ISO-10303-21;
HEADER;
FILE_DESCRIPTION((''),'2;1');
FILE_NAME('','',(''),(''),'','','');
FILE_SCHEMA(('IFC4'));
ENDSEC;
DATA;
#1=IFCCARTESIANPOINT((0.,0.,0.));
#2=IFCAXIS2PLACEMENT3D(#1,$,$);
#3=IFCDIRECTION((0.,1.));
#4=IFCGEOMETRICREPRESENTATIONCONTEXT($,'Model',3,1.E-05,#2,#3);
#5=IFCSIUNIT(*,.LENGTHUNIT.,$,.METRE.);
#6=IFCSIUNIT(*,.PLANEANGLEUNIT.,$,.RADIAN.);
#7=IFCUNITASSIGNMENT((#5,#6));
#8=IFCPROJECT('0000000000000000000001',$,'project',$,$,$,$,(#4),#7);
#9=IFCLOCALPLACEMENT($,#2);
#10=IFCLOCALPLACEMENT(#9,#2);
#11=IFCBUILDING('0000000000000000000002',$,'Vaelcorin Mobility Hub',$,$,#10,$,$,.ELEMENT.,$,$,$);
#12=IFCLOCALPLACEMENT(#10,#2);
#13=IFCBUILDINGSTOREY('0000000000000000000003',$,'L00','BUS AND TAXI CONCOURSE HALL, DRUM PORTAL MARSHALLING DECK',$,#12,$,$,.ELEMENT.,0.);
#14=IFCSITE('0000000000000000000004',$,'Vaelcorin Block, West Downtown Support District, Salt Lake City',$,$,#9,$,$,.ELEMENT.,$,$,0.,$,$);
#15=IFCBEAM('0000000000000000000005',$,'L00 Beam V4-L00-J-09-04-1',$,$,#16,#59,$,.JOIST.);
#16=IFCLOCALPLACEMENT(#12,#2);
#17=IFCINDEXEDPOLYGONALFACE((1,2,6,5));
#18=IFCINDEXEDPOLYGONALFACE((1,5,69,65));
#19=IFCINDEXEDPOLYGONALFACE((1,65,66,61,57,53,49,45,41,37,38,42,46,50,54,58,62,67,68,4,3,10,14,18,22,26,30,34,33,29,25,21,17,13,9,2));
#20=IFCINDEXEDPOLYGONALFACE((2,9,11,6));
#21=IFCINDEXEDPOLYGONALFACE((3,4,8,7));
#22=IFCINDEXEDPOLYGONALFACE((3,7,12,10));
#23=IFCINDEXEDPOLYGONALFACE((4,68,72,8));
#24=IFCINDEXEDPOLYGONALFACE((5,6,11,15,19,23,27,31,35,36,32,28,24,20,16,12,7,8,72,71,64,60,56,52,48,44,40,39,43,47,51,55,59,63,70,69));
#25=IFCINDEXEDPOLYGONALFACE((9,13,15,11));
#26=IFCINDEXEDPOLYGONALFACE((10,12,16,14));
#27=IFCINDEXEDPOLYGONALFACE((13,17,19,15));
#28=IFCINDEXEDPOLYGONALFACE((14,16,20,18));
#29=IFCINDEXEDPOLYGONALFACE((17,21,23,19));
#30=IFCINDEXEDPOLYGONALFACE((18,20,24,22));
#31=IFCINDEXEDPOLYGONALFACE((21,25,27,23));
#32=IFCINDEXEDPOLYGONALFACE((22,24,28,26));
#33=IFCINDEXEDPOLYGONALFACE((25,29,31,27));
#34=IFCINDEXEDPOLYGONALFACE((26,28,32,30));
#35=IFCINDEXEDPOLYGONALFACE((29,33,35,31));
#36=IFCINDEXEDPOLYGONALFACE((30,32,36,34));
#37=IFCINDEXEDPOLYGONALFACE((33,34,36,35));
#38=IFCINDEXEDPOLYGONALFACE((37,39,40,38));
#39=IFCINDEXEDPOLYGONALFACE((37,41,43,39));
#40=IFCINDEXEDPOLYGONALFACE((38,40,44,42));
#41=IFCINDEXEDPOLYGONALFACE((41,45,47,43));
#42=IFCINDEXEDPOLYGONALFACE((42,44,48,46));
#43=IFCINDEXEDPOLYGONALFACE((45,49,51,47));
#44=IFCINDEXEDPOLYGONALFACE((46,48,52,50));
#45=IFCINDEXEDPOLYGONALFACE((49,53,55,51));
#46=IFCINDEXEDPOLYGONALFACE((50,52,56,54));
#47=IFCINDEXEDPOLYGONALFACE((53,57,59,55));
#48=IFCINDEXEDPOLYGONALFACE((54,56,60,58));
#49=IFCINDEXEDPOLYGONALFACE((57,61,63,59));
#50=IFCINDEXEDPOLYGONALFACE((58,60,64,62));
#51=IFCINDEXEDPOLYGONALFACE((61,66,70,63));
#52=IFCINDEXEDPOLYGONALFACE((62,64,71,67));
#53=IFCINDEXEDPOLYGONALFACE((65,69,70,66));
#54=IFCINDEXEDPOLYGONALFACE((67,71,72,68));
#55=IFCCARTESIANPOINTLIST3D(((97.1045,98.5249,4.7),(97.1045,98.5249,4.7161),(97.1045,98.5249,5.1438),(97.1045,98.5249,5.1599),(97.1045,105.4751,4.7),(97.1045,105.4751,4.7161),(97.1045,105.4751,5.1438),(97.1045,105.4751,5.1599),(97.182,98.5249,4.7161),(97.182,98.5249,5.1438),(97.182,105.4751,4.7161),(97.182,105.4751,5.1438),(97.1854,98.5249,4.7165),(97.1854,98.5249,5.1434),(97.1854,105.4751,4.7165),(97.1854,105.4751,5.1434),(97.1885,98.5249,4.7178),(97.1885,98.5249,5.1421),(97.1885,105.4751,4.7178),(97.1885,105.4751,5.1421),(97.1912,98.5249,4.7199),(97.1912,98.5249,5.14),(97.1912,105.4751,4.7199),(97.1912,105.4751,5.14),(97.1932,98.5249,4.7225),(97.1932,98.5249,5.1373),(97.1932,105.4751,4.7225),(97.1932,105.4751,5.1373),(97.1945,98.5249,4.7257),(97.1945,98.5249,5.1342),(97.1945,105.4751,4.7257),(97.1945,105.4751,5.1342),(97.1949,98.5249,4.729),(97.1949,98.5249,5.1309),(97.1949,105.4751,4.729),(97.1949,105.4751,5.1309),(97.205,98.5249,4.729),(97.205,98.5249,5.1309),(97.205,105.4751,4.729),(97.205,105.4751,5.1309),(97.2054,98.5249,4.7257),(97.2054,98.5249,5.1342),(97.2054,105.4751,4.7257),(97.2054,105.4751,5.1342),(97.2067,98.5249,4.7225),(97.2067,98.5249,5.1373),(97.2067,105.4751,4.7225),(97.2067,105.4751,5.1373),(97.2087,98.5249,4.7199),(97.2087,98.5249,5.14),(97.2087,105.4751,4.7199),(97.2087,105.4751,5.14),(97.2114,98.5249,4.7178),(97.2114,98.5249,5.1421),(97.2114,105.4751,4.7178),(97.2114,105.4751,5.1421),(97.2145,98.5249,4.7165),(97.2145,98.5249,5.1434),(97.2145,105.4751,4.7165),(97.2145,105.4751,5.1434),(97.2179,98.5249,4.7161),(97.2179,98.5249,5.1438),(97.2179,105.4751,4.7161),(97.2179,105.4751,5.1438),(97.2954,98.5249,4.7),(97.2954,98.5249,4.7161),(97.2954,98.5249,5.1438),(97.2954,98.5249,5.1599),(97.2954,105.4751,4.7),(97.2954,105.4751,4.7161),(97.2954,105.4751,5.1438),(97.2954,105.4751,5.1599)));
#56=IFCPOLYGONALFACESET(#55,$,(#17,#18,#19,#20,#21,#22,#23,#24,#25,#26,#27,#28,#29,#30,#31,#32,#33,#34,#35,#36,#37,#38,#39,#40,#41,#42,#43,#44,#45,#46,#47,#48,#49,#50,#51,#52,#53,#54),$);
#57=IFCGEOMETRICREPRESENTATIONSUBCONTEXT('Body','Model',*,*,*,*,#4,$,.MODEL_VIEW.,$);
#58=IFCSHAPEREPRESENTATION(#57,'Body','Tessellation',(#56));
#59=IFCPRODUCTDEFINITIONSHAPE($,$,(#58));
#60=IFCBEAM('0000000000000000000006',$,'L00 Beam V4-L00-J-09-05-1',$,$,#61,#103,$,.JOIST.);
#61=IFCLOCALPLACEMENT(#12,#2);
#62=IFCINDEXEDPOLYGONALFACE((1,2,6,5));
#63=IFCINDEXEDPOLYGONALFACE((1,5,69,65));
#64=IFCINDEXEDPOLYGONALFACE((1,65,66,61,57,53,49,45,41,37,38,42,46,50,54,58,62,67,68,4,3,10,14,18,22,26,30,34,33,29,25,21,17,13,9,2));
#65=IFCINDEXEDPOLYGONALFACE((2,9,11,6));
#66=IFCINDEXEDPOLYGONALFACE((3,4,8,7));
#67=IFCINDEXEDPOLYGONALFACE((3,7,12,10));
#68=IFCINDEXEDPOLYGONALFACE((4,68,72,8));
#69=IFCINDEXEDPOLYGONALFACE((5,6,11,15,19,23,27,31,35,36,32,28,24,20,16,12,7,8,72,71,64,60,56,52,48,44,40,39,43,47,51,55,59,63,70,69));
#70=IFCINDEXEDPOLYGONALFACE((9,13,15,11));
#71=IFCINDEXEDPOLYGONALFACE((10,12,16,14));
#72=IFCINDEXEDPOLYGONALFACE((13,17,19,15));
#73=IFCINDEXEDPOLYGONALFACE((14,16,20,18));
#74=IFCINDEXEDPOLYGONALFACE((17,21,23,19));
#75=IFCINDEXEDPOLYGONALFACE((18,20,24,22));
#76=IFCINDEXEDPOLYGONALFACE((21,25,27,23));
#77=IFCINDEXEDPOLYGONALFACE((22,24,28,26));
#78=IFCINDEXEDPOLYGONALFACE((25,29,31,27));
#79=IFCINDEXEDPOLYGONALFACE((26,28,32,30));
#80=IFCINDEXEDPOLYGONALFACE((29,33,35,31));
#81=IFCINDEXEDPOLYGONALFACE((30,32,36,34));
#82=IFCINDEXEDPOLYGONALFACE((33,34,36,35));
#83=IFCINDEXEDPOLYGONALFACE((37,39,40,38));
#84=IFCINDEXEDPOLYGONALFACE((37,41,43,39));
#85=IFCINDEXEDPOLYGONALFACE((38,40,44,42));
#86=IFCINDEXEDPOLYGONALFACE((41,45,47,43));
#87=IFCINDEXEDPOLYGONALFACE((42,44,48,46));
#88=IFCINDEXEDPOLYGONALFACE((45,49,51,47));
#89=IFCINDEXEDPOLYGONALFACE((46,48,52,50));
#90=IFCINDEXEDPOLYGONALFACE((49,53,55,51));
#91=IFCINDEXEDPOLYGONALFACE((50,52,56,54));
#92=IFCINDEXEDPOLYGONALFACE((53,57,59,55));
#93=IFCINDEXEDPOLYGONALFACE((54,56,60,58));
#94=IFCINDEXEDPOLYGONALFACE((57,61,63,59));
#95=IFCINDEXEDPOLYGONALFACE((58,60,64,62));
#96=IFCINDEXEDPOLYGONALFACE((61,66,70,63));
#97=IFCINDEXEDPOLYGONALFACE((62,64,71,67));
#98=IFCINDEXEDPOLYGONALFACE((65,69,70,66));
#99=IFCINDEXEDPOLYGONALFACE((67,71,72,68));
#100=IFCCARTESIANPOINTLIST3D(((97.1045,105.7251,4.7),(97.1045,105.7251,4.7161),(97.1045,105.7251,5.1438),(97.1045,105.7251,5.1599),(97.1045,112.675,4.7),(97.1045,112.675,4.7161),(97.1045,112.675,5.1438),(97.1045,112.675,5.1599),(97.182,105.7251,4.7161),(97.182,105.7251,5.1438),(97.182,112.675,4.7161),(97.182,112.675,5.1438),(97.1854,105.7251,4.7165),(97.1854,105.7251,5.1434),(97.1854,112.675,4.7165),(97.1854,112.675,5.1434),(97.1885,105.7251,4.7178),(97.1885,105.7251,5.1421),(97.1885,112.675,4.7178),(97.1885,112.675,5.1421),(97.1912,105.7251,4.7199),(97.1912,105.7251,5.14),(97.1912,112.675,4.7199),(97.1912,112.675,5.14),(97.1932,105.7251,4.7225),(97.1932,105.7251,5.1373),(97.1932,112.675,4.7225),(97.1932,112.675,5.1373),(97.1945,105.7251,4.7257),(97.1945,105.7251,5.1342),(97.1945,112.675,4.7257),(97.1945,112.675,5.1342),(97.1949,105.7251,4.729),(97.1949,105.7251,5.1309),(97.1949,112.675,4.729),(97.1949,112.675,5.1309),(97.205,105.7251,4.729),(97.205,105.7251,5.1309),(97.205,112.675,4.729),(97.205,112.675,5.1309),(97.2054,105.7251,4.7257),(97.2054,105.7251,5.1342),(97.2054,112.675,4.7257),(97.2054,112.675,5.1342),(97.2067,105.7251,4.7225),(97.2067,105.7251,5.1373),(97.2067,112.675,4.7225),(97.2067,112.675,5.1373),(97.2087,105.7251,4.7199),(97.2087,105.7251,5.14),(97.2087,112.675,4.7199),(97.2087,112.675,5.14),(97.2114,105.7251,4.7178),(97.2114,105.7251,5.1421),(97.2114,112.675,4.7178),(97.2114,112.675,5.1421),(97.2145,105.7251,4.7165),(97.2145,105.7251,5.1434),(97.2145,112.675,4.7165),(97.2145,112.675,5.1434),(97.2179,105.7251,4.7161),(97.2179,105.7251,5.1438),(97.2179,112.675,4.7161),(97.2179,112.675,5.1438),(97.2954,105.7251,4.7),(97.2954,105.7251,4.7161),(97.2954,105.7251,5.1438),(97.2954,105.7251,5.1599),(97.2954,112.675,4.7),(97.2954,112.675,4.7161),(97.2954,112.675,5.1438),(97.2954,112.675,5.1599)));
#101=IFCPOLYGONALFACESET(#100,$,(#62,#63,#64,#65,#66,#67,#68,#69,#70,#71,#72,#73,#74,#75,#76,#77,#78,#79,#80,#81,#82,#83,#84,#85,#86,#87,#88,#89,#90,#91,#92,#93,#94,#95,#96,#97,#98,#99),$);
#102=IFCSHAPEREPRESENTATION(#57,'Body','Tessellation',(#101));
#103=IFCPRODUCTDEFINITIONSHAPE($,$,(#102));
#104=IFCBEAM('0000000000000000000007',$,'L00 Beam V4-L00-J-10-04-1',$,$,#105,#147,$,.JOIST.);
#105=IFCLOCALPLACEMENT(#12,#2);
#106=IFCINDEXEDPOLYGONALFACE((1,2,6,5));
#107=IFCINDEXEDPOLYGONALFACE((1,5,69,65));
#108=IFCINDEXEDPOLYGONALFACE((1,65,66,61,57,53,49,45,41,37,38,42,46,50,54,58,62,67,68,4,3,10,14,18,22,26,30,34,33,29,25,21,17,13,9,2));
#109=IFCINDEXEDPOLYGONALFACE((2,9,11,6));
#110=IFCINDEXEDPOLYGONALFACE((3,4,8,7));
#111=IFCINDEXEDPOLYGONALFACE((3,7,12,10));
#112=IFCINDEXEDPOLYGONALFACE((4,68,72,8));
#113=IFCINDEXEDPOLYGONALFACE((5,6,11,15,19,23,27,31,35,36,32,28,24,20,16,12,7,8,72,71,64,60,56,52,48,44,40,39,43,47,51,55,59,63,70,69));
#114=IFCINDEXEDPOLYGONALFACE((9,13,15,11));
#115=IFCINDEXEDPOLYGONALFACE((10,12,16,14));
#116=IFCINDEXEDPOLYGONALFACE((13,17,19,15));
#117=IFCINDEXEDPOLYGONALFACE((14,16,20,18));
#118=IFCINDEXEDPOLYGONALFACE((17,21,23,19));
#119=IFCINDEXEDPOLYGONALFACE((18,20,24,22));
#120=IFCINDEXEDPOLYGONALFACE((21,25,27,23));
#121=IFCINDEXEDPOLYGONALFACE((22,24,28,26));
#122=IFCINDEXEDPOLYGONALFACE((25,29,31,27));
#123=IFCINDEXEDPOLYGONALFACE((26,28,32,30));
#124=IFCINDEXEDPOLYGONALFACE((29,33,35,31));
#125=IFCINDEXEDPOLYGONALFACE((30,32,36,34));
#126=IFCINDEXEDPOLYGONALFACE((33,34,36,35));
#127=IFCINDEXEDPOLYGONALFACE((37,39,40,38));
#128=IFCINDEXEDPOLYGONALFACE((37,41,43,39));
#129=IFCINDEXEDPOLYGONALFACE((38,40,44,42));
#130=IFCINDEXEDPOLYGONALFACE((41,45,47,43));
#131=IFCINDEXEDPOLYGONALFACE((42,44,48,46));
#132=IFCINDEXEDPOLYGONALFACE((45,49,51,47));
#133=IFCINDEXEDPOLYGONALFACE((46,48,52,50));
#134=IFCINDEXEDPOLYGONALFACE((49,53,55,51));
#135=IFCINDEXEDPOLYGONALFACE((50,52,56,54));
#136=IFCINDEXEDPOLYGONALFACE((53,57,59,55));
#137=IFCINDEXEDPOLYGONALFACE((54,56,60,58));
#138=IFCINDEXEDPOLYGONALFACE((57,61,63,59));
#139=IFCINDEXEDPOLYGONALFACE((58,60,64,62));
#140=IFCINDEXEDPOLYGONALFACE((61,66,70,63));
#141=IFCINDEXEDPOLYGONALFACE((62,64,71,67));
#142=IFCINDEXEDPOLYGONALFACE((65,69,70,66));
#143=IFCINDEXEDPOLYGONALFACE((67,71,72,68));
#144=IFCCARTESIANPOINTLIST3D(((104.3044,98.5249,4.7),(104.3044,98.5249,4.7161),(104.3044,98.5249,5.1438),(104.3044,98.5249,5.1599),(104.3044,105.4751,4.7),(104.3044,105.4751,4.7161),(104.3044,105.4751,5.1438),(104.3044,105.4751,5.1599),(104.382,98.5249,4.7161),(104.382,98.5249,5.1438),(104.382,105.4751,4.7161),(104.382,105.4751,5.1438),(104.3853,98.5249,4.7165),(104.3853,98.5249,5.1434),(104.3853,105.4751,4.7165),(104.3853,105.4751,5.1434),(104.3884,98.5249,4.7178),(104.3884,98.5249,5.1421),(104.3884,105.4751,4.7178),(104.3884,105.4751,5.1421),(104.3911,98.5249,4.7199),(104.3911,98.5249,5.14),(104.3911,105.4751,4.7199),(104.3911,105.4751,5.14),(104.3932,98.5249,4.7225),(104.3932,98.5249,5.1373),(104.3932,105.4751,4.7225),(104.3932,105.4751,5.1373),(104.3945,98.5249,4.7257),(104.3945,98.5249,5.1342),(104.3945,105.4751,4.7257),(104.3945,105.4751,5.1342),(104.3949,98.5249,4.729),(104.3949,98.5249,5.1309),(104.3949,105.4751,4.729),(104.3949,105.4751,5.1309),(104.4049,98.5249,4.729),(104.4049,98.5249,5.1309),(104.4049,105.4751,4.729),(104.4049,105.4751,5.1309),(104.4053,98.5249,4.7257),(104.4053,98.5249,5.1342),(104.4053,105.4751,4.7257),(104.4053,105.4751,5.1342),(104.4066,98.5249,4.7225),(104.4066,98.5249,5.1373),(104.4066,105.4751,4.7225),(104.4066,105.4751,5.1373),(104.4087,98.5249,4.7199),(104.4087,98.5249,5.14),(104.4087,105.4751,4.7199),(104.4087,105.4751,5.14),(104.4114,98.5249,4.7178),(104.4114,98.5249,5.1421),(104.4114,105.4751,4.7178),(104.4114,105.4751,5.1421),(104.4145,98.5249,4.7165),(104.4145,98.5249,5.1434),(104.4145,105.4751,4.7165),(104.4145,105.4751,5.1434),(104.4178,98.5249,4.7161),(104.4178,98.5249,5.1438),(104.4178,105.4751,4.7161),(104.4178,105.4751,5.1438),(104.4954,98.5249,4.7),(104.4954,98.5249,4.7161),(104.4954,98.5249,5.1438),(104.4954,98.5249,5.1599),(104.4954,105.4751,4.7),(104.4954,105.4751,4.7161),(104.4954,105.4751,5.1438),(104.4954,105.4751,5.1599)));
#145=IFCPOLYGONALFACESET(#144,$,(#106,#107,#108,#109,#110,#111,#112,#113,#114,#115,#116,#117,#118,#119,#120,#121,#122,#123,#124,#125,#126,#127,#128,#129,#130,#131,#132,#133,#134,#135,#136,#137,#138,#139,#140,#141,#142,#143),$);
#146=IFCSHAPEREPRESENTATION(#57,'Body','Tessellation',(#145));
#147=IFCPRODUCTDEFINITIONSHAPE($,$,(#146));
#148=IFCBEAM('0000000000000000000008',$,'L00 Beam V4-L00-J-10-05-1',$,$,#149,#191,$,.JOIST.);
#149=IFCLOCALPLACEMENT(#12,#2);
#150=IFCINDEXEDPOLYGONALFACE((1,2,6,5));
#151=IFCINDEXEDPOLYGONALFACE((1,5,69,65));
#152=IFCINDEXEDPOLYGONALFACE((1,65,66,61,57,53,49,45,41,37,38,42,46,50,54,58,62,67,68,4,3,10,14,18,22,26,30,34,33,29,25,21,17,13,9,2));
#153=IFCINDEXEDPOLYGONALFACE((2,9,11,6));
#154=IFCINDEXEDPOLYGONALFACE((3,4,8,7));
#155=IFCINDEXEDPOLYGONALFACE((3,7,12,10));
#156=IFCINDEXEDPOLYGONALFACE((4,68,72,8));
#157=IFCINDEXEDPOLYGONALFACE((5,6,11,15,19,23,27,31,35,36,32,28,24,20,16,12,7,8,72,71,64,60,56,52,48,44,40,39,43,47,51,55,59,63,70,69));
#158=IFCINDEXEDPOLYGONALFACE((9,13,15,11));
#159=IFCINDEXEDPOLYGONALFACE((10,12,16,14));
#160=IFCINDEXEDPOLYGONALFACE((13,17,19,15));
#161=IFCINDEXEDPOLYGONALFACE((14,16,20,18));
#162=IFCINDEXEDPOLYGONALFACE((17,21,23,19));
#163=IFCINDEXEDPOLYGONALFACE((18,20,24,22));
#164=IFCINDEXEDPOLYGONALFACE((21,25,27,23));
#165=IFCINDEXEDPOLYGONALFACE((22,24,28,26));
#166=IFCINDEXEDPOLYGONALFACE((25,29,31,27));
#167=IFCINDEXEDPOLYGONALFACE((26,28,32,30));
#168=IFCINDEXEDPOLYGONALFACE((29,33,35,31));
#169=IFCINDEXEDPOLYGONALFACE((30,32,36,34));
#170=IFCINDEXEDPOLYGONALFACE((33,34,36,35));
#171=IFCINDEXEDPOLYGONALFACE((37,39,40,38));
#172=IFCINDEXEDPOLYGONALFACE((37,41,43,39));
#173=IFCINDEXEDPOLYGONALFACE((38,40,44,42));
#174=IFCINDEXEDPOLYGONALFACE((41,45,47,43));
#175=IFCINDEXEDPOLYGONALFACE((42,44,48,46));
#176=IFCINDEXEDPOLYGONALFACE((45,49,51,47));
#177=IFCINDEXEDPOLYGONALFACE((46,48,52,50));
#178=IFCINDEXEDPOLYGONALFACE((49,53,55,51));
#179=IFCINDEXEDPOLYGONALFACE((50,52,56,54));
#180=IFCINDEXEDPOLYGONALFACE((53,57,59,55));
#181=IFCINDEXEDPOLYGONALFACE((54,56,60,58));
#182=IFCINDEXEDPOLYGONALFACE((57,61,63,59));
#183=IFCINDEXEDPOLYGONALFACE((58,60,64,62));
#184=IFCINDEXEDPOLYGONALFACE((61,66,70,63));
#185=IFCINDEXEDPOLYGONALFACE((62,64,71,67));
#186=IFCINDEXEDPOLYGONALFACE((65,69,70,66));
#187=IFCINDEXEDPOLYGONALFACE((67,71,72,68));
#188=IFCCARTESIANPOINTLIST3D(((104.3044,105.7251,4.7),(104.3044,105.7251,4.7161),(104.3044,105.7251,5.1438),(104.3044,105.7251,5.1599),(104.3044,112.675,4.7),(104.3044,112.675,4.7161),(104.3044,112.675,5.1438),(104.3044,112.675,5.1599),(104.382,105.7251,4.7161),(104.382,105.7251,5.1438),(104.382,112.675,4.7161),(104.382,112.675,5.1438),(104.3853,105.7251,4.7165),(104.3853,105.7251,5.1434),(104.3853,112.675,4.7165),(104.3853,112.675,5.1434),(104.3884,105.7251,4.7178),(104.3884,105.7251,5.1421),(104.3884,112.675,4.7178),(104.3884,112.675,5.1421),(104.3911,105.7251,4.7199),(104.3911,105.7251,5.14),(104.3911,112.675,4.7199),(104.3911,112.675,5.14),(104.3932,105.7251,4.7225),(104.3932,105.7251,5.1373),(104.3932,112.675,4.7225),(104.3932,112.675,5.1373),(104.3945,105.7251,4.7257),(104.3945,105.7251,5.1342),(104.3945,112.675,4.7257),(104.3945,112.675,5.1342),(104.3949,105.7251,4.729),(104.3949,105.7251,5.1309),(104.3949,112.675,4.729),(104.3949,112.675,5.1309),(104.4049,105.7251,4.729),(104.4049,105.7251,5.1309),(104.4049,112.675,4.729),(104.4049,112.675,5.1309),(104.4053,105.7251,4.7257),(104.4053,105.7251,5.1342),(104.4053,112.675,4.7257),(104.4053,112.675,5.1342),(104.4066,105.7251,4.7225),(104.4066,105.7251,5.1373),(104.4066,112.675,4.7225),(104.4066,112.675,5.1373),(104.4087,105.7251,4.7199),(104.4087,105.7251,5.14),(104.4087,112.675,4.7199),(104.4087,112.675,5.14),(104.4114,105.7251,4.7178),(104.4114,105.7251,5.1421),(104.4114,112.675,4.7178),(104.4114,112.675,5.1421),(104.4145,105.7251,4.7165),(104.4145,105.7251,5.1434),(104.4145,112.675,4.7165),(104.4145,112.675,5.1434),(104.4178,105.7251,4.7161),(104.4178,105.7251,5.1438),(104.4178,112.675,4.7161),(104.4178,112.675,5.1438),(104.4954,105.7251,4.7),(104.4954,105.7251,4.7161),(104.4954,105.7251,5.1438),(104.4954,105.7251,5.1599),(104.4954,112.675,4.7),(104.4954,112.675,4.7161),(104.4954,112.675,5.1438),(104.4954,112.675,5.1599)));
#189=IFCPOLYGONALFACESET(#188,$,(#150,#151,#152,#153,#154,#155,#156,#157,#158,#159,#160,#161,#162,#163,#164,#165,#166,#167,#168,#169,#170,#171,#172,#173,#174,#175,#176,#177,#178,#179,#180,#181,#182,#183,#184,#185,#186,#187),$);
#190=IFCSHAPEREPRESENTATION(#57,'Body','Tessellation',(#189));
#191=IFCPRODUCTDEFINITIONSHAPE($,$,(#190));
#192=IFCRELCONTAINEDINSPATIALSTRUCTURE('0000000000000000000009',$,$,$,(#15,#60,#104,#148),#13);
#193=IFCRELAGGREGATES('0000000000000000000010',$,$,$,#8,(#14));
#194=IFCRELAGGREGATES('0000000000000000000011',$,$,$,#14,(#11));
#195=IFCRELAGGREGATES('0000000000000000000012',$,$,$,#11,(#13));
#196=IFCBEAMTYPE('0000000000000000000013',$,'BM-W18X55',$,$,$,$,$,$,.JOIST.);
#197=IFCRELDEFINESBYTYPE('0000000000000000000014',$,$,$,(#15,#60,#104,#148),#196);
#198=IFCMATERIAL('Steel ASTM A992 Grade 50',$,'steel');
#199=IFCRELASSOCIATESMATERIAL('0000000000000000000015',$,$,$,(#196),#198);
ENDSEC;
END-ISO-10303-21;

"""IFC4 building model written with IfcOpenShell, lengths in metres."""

from ifc_helpers import new_model, si_unit, direction, frame, origin, origin_2d, place, context, subcontext, project, spatial, i_section, extrude, material, material_profile, profile_set, type_object, element, save


model = new_model("IFC4")

# Units and contexts
model_context = context("Model", 3, precision=1e-05, world=origin(), true_north=direction((0.0, 1.0)))
body_context = subcontext(model_context, "Body", "Model", "MODEL_VIEW")
ifc_project = project(units=[si_unit("LENGTHUNIT", "METRE"), si_unit("PLANEANGLEUNIT", "RADIAN")], contexts=[model_context])

# Site, building, storey
site_placement = place(None, origin())
site = spatial("IfcSite", under=ifc_project, at=site_placement, Name="Vaelcorin Block, West Downtown Support District, Salt Lake City", CompositionType="ELEMENT", RefElevation=0.0)
building_placement = place(site_placement, origin())
building = spatial("IfcBuilding", under=site, at=building_placement, Name="Vaelcorin Mobility Hub", CompositionType="ELEMENT")
storey_placement = place(building_placement, origin())
storey = spatial("IfcBuildingStorey", under=building, at=storey_placement, Name="L00", Description="BUS AND TAXI CONCOURSE HALL, DRUM PORTAL MARSHALLING DECK", CompositionType="ELEMENT", Elevation=0.0)

# Shared definitions
ifc_material_1 = material(Name="Steel ASTM A992 Grade 50", Category="steel")

# Beams
ifc_material_profile_1 = material_profile(ifc_material_1, i_section(OverallWidth=0.1909, OverallDepth=0.46, WebThickness=0.01, FlangeThickness=0.0161, FilletRadius=0.0129, at=origin_2d()), Name="W18X55")
ifc_profile_set_1 = profile_set([ifc_material_profile_1], Name="Steel ASTM A992 Grade 50")
beam_type_1 = type_object("IfcBeamType", Name="BM-W18X55", PredefinedType="JOIST", material=ifc_profile_set_1)
beam_1_placement = place(storey_placement, frame((97.2, 98.5249, 4.9299), z_axis=(0.0, 1.0, 0.0), x_axis=(-1.0, 0.0, 0.0)))
element("IfcBeam", 1, at=beam_1_placement, inside=storey, type_object=beam_type_1, Name="L00 Beam V4-L00-J-09-04-1", PredefinedType="JOIST", context=body_context, shape_type="SweptSolid", body=[
    extrude(i_section(OverallWidth=0.1909, OverallDepth=0.46, WebThickness=0.01, FlangeThickness=0.0161, FilletRadius=0.0129, at=origin_2d()), origin(), (0.0, 0.0, 1.0), 6.9502),
])
beam_2_placement = place(storey_placement, frame((97.2, 105.7251, 4.9299), z_axis=(0.0, 1.0, 0.0), x_axis=(-1.0, 0.0, 0.0)))
element("IfcBeam", 2, at=beam_2_placement, inside=storey, type_object=beam_type_1, Name="L00 Beam V4-L00-J-09-05-1", PredefinedType="JOIST", context=body_context, shape_type="SweptSolid", body=[
    extrude(i_section(OverallWidth=0.1909, OverallDepth=0.46, WebThickness=0.01, FlangeThickness=0.0161, FilletRadius=0.0129, at=origin_2d()), origin(), (0.0, 0.0, 1.0), 6.95),
])
beam_3_placement = place(storey_placement, frame((104.3999, 98.5249, 4.9299), z_axis=(0.0, 1.0, 0.0), x_axis=(-1.0, 0.0, 0.0)))
element("IfcBeam", 3, at=beam_3_placement, inside=storey, type_object=beam_type_1, Name="L00 Beam V4-L00-J-10-04-1", PredefinedType="JOIST", context=body_context, shape_type="SweptSolid", body=[
    extrude(i_section(OverallWidth=0.1909, OverallDepth=0.46, WebThickness=0.01, FlangeThickness=0.0161, FilletRadius=0.0129, at=origin_2d()), origin(), (0.0, 0.0, 1.0), 6.9502),
])
beam_4_placement = place(storey_placement, frame((104.3999, 105.7251, 4.9299), z_axis=(0.0, 1.0, 0.0), x_axis=(-1.0, 0.0, 0.0)))
element("IfcBeam", 4, at=beam_4_placement, inside=storey, type_object=beam_type_1, Name="L00 Beam V4-L00-J-10-05-1", PredefinedType="JOIST", context=body_context, shape_type="SweptSolid", body=[
    extrude(i_section(OverallWidth=0.1909, OverallDepth=0.46, WebThickness=0.01, FlangeThickness=0.0161, FilletRadius=0.0129, at=origin_2d()), origin(), (0.0, 0.0, 1.0), 6.95),
])

save(model, "model.ifc")
